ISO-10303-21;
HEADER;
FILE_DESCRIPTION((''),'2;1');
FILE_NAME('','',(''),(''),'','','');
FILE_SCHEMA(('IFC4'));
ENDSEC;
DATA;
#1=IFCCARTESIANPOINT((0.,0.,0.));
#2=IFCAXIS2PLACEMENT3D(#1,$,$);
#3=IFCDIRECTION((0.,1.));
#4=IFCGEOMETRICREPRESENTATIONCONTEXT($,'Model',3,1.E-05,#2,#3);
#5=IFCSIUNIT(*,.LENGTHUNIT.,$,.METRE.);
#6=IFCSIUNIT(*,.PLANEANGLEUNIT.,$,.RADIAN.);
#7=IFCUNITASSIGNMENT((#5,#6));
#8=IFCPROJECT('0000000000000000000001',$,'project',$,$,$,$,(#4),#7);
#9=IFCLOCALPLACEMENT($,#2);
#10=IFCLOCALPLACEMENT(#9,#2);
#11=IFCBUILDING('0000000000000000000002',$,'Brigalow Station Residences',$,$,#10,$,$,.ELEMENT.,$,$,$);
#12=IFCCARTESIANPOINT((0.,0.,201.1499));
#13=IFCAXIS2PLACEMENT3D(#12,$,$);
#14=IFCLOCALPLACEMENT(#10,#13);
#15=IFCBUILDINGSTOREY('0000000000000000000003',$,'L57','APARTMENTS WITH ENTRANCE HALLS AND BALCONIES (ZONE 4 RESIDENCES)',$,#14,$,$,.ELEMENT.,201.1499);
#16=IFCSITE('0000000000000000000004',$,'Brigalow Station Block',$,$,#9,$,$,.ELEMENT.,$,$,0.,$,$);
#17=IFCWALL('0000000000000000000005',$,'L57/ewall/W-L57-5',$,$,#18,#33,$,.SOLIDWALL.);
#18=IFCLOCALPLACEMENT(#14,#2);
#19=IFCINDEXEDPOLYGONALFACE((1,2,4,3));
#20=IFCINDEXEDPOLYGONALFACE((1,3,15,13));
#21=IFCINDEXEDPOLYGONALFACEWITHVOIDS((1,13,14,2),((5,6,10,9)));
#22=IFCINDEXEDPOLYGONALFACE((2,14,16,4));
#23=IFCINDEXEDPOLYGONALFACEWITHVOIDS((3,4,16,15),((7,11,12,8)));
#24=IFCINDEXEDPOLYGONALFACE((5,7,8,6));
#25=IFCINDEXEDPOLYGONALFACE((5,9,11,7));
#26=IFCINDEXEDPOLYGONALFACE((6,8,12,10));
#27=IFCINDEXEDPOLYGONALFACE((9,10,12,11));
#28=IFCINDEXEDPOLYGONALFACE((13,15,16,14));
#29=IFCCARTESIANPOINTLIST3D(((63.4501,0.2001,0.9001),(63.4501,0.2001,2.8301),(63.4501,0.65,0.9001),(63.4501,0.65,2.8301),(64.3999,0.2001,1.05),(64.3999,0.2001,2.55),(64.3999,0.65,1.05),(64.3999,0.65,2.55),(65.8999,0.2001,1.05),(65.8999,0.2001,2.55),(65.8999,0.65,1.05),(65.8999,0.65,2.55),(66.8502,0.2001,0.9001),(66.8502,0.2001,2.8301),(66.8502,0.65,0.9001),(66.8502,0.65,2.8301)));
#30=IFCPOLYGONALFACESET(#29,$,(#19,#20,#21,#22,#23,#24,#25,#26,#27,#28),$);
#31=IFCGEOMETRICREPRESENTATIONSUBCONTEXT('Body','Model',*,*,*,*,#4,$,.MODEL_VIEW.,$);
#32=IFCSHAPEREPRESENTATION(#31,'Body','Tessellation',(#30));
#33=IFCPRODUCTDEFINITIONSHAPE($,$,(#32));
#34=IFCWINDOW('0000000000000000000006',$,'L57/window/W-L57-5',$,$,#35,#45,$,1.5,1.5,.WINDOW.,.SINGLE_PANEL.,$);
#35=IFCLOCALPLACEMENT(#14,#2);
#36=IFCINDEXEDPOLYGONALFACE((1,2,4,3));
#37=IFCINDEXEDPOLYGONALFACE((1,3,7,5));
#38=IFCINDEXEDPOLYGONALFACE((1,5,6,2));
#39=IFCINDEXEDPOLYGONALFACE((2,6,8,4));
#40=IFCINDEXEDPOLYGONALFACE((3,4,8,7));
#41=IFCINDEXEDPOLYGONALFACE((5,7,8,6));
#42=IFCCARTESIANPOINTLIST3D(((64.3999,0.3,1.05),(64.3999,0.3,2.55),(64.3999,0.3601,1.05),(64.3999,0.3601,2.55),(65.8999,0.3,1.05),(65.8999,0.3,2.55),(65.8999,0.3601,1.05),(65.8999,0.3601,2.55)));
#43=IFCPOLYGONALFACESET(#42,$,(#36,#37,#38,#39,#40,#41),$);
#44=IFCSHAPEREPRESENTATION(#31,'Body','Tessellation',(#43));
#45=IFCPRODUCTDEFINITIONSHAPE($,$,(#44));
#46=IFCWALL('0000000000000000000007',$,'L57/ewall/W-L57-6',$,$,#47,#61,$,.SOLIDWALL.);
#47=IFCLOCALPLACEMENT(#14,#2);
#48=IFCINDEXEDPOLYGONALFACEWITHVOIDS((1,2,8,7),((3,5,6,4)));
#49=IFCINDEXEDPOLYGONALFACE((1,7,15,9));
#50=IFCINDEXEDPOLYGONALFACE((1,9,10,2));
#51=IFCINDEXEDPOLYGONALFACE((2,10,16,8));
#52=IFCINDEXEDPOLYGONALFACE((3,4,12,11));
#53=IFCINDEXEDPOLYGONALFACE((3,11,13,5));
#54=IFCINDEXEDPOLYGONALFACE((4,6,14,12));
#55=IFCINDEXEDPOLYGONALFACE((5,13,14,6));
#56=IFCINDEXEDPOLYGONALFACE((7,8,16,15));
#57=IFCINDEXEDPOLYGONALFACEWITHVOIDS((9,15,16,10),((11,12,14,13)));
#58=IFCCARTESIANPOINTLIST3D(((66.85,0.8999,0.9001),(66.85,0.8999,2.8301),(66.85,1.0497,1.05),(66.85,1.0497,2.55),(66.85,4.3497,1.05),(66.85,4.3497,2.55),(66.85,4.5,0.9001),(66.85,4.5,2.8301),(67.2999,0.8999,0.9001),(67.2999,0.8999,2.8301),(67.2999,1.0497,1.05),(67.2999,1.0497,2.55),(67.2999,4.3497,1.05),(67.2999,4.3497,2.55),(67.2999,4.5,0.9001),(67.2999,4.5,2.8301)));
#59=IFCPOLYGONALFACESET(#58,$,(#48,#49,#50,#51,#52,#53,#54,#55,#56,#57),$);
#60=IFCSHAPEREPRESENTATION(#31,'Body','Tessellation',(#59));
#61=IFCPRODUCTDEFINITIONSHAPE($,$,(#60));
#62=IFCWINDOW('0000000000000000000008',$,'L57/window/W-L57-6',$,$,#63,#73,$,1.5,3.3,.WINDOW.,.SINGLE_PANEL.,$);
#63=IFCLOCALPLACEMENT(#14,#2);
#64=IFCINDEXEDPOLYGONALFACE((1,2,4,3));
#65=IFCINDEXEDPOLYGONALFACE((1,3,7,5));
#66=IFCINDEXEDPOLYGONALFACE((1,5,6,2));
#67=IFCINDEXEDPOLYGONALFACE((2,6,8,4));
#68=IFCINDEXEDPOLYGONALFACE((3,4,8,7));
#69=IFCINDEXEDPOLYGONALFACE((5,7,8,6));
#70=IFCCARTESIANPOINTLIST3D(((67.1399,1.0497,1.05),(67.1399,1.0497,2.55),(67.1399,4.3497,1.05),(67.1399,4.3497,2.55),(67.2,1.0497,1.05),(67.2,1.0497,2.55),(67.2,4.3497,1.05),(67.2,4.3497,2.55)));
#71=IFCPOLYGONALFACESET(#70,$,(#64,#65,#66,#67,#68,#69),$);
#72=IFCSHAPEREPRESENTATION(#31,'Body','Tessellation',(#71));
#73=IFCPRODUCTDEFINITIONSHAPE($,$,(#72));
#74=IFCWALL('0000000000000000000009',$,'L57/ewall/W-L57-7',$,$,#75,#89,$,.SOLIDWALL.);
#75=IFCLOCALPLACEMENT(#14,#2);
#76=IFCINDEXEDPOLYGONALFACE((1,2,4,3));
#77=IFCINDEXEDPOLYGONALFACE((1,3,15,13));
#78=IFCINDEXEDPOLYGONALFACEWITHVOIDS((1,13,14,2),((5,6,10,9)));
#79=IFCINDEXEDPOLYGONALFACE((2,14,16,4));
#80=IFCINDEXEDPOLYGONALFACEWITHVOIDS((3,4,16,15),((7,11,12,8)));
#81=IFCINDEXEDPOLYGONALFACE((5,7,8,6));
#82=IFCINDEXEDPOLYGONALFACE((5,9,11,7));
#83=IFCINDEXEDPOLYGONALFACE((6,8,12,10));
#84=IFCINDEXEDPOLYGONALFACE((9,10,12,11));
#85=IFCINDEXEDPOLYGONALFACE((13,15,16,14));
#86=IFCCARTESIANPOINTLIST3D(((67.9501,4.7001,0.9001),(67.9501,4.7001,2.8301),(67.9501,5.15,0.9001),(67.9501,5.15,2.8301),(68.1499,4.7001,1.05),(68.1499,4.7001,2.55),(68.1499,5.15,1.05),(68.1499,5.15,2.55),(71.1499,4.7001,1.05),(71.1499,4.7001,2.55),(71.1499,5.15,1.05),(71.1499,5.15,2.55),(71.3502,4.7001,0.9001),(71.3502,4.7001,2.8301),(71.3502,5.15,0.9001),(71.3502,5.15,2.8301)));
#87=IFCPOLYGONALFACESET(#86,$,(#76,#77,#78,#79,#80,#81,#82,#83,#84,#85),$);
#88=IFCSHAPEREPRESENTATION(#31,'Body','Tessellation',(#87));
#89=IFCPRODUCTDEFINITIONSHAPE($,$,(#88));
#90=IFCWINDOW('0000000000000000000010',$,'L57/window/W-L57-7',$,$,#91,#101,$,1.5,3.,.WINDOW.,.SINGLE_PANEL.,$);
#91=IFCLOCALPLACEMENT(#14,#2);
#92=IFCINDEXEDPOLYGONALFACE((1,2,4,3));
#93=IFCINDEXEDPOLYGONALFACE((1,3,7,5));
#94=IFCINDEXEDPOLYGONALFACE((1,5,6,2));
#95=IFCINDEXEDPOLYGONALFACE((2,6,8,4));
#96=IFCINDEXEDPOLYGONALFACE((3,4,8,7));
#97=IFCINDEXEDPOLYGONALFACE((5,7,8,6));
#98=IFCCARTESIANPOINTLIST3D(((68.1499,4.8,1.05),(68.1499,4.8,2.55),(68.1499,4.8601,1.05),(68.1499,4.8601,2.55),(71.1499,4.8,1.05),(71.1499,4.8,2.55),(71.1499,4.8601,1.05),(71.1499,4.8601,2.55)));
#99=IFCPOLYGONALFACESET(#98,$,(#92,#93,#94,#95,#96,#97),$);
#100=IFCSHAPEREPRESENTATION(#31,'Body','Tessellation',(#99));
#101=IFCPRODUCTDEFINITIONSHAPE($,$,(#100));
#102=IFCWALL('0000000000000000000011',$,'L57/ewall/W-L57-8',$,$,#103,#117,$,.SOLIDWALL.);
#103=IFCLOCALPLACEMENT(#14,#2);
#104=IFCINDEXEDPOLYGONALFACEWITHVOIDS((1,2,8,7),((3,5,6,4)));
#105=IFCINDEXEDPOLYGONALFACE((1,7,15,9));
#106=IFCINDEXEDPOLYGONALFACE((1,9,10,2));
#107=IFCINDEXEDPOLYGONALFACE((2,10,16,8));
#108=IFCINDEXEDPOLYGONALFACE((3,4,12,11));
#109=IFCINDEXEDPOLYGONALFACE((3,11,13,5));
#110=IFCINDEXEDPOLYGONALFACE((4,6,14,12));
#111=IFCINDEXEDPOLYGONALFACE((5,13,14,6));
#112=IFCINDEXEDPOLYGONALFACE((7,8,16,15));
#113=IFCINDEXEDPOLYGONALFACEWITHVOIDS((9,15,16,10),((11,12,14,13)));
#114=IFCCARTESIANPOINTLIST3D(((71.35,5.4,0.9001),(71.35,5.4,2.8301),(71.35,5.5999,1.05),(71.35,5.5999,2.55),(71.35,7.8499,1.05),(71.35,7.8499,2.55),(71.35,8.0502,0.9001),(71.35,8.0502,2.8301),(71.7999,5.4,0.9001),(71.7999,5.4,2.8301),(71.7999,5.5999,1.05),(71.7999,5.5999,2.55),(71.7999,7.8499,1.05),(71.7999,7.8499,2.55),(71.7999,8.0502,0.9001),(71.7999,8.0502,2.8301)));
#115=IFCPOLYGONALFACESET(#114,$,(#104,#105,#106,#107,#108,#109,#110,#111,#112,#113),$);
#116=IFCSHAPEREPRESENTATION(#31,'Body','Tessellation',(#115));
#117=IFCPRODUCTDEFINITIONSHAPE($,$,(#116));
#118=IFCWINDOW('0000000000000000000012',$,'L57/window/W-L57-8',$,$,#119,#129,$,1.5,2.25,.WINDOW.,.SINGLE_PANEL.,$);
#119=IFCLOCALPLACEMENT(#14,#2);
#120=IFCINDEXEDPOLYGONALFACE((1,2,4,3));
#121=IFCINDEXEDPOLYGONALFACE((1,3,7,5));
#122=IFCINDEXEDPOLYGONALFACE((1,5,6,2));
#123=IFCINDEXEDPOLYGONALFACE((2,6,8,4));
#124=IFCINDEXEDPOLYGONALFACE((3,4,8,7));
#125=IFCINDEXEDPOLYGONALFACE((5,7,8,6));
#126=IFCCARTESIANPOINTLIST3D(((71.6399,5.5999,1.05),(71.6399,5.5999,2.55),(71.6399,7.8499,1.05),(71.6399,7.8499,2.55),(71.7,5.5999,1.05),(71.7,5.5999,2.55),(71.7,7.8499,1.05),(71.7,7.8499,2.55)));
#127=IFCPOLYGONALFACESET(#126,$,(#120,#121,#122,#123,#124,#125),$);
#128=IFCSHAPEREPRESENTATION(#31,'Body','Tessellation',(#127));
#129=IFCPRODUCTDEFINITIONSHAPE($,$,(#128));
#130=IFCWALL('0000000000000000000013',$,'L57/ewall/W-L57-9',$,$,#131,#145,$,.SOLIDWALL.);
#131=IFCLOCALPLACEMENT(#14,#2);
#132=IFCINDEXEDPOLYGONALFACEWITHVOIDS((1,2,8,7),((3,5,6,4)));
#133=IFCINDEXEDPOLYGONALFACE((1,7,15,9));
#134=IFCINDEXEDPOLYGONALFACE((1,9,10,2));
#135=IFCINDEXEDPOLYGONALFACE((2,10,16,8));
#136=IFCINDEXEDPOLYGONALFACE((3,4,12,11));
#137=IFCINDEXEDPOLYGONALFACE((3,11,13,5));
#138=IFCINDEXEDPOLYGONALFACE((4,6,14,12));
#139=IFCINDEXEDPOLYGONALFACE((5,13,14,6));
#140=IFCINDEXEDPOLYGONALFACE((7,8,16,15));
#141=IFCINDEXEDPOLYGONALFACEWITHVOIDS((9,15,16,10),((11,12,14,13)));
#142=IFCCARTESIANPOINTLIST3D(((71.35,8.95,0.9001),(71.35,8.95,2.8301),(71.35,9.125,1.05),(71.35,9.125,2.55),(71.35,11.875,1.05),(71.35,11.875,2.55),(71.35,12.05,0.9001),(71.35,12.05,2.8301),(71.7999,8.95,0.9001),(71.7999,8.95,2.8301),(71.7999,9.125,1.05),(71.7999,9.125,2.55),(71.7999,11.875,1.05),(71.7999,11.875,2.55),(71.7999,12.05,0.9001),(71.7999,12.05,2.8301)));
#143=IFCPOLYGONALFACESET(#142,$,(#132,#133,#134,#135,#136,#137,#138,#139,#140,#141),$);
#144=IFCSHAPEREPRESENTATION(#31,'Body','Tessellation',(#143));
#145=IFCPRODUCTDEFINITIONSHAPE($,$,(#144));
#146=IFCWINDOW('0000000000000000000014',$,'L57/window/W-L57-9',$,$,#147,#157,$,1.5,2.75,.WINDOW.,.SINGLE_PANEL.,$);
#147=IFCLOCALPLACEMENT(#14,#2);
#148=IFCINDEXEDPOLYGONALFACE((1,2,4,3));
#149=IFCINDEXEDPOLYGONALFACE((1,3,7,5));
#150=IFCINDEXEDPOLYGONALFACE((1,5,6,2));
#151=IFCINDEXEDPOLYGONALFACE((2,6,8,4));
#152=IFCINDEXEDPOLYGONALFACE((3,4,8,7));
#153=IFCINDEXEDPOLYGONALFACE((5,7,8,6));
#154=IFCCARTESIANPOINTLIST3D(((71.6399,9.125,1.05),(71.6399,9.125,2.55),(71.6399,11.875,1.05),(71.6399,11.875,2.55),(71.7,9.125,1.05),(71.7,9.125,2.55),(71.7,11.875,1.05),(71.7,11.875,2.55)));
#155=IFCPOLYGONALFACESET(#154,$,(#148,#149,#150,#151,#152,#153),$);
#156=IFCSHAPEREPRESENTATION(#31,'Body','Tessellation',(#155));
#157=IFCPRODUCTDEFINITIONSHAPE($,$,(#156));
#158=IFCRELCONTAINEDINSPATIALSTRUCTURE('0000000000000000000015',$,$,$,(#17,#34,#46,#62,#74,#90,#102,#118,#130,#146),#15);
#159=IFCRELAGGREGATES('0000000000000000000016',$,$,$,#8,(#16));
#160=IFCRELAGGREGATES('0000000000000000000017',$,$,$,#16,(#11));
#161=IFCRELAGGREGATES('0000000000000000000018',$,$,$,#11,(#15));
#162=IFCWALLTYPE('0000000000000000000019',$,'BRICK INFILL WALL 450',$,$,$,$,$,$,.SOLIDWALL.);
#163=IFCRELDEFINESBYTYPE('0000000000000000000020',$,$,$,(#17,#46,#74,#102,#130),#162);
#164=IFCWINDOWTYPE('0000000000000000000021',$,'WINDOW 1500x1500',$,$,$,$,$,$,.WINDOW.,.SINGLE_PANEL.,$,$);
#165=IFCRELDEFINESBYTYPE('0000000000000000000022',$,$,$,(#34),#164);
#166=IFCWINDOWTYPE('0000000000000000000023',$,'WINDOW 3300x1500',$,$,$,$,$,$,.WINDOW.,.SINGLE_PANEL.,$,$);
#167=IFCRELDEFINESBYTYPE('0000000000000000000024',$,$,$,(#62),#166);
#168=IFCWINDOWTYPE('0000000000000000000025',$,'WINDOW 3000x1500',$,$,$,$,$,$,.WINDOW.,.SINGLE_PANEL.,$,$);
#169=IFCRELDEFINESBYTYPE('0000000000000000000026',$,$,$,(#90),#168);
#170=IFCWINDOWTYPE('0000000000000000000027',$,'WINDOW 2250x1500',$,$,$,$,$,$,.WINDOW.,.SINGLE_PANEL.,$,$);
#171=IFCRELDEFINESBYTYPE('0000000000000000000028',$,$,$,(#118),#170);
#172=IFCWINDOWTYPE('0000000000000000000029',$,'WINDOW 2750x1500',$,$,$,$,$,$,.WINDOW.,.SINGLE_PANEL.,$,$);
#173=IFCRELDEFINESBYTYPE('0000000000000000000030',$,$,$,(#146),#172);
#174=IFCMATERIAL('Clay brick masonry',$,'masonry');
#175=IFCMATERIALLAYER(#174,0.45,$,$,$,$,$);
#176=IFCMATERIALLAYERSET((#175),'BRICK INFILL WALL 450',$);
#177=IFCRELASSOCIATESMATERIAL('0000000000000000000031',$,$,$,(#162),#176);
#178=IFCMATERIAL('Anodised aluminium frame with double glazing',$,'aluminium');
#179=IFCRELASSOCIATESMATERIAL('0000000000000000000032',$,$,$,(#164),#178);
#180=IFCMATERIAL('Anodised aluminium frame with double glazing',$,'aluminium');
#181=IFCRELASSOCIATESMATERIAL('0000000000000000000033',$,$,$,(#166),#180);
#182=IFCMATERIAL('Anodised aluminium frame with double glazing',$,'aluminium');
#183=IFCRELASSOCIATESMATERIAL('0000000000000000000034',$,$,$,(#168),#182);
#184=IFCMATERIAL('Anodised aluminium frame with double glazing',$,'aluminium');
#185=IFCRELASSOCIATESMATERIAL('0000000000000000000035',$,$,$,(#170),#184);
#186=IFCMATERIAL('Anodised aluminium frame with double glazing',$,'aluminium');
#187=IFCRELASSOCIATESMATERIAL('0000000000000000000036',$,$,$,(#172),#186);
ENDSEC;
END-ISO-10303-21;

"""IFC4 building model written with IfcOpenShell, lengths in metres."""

from ifc_helpers import new_model, si_unit, direction, frame, frame_2d, origin, place, context, subcontext, project, spatial, rectangle, extrude, material, layer, layer_set, type_object, element, fill, save


model = new_model("IFC4")

# Units and contexts
model_context = context("Model", 3, precision=1e-05, world=origin(), true_north=direction((0.0, 1.0)))
body_context = subcontext(model_context, "Body", "Model", "MODEL_VIEW")
ifc_project = project(units=[si_unit("LENGTHUNIT", "METRE"), si_unit("PLANEANGLEUNIT", "RADIAN")], contexts=[model_context])

# Site, building, storey
site_placement = place(None, origin())
site = spatial("IfcSite", under=ifc_project, at=site_placement, Name="Brigalow Station Block", CompositionType="ELEMENT", RefElevation=0.0)
building_placement = place(site_placement, origin())
building = spatial("IfcBuilding", under=site, at=building_placement, Name="Brigalow Station Residences", CompositionType="ELEMENT")
storey_placement = place(building_placement, frame((0.0, 0.0, 201.1499)))
storey = spatial("IfcBuildingStorey", under=building, at=storey_placement, Name="L57", Description="APARTMENTS WITH ENTRANCE HALLS AND BALCONIES (ZONE 4 RESIDENCES)", CompositionType="ELEMENT", Elevation=201.1499)

# Walls, openings, windows
ifc_material_1 = material(Name="Clay brick masonry", Category="masonry")
ifc_layer_1 = layer(ifc_material_1, 0.45)
ifc_layer_set_1 = layer_set([ifc_layer_1], Name="BRICK INFILL WALL 450")
wall_type_1 = type_object("IfcWallType", Name="BRICK INFILL WALL 450", PredefinedType="SOLIDWALL", material=ifc_layer_set_1)
ifc_material_2 = material(Name="Anodised aluminium frame with double glazing", Category="aluminium")
window_type_1 = type_object("IfcWindowType", Name="WINDOW 1500x1500", PartitioningType="SINGLE_PANEL", PredefinedType="WINDOW", material=ifc_material_2)
wall_1_placement = place(storey_placement, frame((63.45, 0.425, 0.9001), z_axis=(0.0, 0.0, 1.0), x_axis=(1.0, 0.0, 0.0)))
wall_1 = element("IfcWall", 1, at=wall_1_placement, inside=storey, type_object=wall_type_1, Name="L57/ewall/W-L57-5", PredefinedType="SOLIDWALL", context=body_context, shape_type="SweptSolid", body=[
    extrude(rectangle(XDim=3.4001, YDim=0.45, at=frame_2d((1.7002, 0.0))), origin(), (0.0, 0.0, 1.0), 1.9299),
])
opening_1_placement = place(wall_1_placement, frame((0.95, 0.0, 0.1499)))
opening_1 = element("IfcOpeningElement", 2, at=opening_1_placement, cuts=wall_1, PredefinedType="OPENING", context=body_context, shape_type="SweptSolid", body=[
    extrude(rectangle(XDim=1.5, YDim=1.5, at=frame_2d((0.75, 0.75))), frame((0.0, 0.2349, 0.0), z_axis=(0.0, -1.0, 0.0), x_axis=(1.0, 0.0, 0.0)), (0.0, 0.0, 1.0), 0.47),
])
window_1_placement = place(opening_1_placement, origin())
window_1 = element("IfcWindow", 3, at=window_1_placement, inside=storey, type_object=window_type_1, Name="L57/window/W-L57-5", OverallHeight=1.5, OverallWidth=1.5, PartitioningType="SINGLE_PANEL", PredefinedType="WINDOW", context=body_context, shape_type="SweptSolid", body=[
    extrude(rectangle(XDim=1.5, YDim=1.5, at=frame_2d((0.75, 0.75))), frame((0.0, -0.0649, 0.0), z_axis=(0.0, -1.0, 0.0), x_axis=(1.0, 0.0, 0.0)), (0.0, 0.0, 1.0), 0.0601),
])
fill(opening_1, window_1)
wall_2_placement = place(storey_placement, frame((67.075, 0.8999, 0.9001), z_axis=(0.0, 0.0, 1.0), x_axis=(0.0, 1.0, 0.0)))
wall_2 = element("IfcWall", 4, at=wall_2_placement, inside=storey, type_object=wall_type_1, Name="L57/ewall/W-L57-6", PredefinedType="SOLIDWALL", context=body_context, shape_type="SweptSolid", body=[
    extrude(rectangle(XDim=3.6001, YDim=0.45, at=frame_2d((1.8, 0.0))), origin(), (0.0, 0.0, 1.0), 1.9299),
])
opening_2_placement = place(wall_2_placement, frame((0.1499, 0.0, 0.1499)))
opening_2 = element("IfcOpeningElement", 5, at=opening_2_placement, cuts=wall_2, PredefinedType="OPENING", context=body_context, shape_type="SweptSolid", body=[
    extrude(rectangle(XDim=3.3, YDim=1.5, at=frame_2d((1.6499, 0.75))), frame((0.0, 0.2349, 0.0), z_axis=(0.0, -1.0, 0.0), x_axis=(1.0, 0.0, 0.0)), (0.0, 0.0, 1.0), 0.47),
])
ifc_material_3 = material(Name="Anodised aluminium frame with double glazing", Category="aluminium")
window_type_2 = type_object("IfcWindowType", Name="WINDOW 3300x1500", PartitioningType="SINGLE_PANEL", PredefinedType="WINDOW", material=ifc_material_3)
window_2_placement = place(opening_2_placement, origin())
window_2 = element("IfcWindow", 6, at=window_2_placement, inside=storey, type_object=window_type_2, Name="L57/window/W-L57-6", OverallHeight=1.5, OverallWidth=3.3, PartitioningType="SINGLE_PANEL", PredefinedType="WINDOW", context=body_context, shape_type="SweptSolid", body=[
    extrude(rectangle(XDim=3.3, YDim=1.5, at=frame_2d((1.6499, 0.75))), frame((0.0, -0.0649, 0.0), z_axis=(0.0, -1.0, 0.0), x_axis=(1.0, 0.0, 0.0)), (0.0, 0.0, 1.0), 0.0601),
])
fill(opening_2, window_2)
wall_3_placement = place(storey_placement, frame((67.95, 4.925, 0.9001), z_axis=(0.0, 0.0, 1.0), x_axis=(1.0, 0.0, 0.0)))
wall_3 = element("IfcWall", 7, at=wall_3_placement, inside=storey, type_object=wall_type_1, Name="L57/ewall/W-L57-7", PredefinedType="SOLIDWALL", context=body_context, shape_type="SweptSolid", body=[
    extrude(rectangle(XDim=3.4001, YDim=0.45, at=frame_2d((1.7002, 0.0))), origin(), (0.0, 0.0, 1.0), 1.9299),
])
opening_3_placement = place(wall_3_placement, frame((0.2, 0.0, 0.1499)))
opening_3 = element("IfcOpeningElement", 8, at=opening_3_placement, cuts=wall_3, PredefinedType="OPENING", context=body_context, shape_type="SweptSolid", body=[
    extrude(rectangle(XDim=3.0, YDim=1.5, at=frame_2d((1.5, 0.75))), frame((0.0, 0.2349, 0.0), z_axis=(0.0, -1.0, 0.0), x_axis=(1.0, 0.0, 0.0)), (0.0, 0.0, 1.0), 0.47),
])
ifc_material_4 = material(Name="Anodised aluminium frame with double glazing", Category="aluminium")
window_type_3 = type_object("IfcWindowType", Name="WINDOW 3000x1500", PartitioningType="SINGLE_PANEL", PredefinedType="WINDOW", material=ifc_material_4)
window_3_placement = place(opening_3_placement, origin())
window_3 = element("IfcWindow", 9, at=window_3_placement, inside=storey, type_object=window_type_3, Name="L57/window/W-L57-7", OverallHeight=1.5, OverallWidth=3.0, PartitioningType="SINGLE_PANEL", PredefinedType="WINDOW", context=body_context, shape_type="SweptSolid", body=[
    extrude(rectangle(XDim=3.0, YDim=1.5, at=frame_2d((1.5, 0.75))), frame((0.0, -0.0649, 0.0), z_axis=(0.0, -1.0, 0.0), x_axis=(1.0, 0.0, 0.0)), (0.0, 0.0, 1.0), 0.0601),
])
fill(opening_3, window_3)
wall_4_placement = place(storey_placement, frame((71.575, 5.3999, 0.9001), z_axis=(0.0, 0.0, 1.0), x_axis=(0.0, 1.0, 0.0)))
wall_4 = element("IfcWall", 10, at=wall_4_placement, inside=storey, type_object=wall_type_1, Name="L57/ewall/W-L57-8", PredefinedType="SOLIDWALL", context=body_context, shape_type="SweptSolid", body=[
    extrude(rectangle(XDim=2.6501, YDim=0.45, at=frame_2d((1.3252, 0.0))), origin(), (0.0, 0.0, 1.0), 1.9299),
])
opening_4_placement = place(wall_4_placement, frame((0.2, 0.0, 0.1499)))
opening_4 = element("IfcOpeningElement", 11, at=opening_4_placement, cuts=wall_4, PredefinedType="OPENING", context=body_context, shape_type="SweptSolid", body=[
    extrude(rectangle(XDim=2.25, YDim=1.5, at=frame_2d((1.125, 0.75))), frame((0.0, 0.2349, 0.0), z_axis=(0.0, -1.0, 0.0), x_axis=(1.0, 0.0, 0.0)), (0.0, 0.0, 1.0), 0.47),
])
ifc_material_5 = material(Name="Anodised aluminium frame with double glazing", Category="aluminium")
window_type_4 = type_object("IfcWindowType", Name="WINDOW 2250x1500", PartitioningType="SINGLE_PANEL", PredefinedType="WINDOW", material=ifc_material_5)
window_4_placement = place(opening_4_placement, origin())
window_4 = element("IfcWindow", 12, at=window_4_placement, inside=storey, type_object=window_type_4, Name="L57/window/W-L57-8", OverallHeight=1.5, OverallWidth=2.25, PartitioningType="SINGLE_PANEL", PredefinedType="WINDOW", context=body_context, shape_type="SweptSolid", body=[
    extrude(rectangle(XDim=2.25, YDim=1.5, at=frame_2d((1.125, 0.75))), frame((0.0, -0.0649, 0.0), z_axis=(0.0, -1.0, 0.0), x_axis=(1.0, 0.0, 0.0)), (0.0, 0.0, 1.0), 0.0601),
])
fill(opening_4, window_4)
wall_5_placement = place(storey_placement, frame((71.575, 8.95, 0.9001), z_axis=(0.0, 0.0, 1.0), x_axis=(0.0, 1.0, 0.0)))
wall_5 = element("IfcWall", 13, at=wall_5_placement, inside=storey, type_object=wall_type_1, Name="L57/ewall/W-L57-9", PredefinedType="SOLIDWALL", context=body_context, shape_type="SweptSolid", body=[
    extrude(rectangle(XDim=3.1001, YDim=0.45, at=frame_2d((1.55, 0.0))), origin(), (0.0, 0.0, 1.0), 1.9299),
])
opening_5_placement = place(wall_5_placement, frame((0.175, 0.0, 0.1499)))
opening_5 = element("IfcOpeningElement", 14, at=opening_5_placement, cuts=wall_5, PredefinedType="OPENING", context=body_context, shape_type="SweptSolid", body=[
    extrude(rectangle(XDim=2.75, YDim=1.5, at=frame_2d((1.375, 0.75))), frame((0.0, 0.2349, 0.0), z_axis=(0.0, -1.0, 0.0), x_axis=(1.0, 0.0, 0.0)), (0.0, 0.0, 1.0), 0.47),
])
ifc_material_6 = material(Name="Anodised aluminium frame with double glazing", Category="aluminium")
window_type_5 = type_object("IfcWindowType", Name="WINDOW 2750x1500", PartitioningType="SINGLE_PANEL", PredefinedType="WINDOW", material=ifc_material_6)
window_5_placement = place(opening_5_placement, origin())
window_5 = element("IfcWindow", 15, at=window_5_placement, inside=storey, type_object=window_type_5, Name="L57/window/W-L57-9", OverallHeight=1.5, OverallWidth=2.75, PartitioningType="SINGLE_PANEL", PredefinedType="WINDOW", context=body_context, shape_type="SweptSolid", body=[
    extrude(rectangle(XDim=2.75, YDim=1.5, at=frame_2d((1.375, 0.75))), frame((0.0, -0.0649, 0.0), z_axis=(0.0, -1.0, 0.0), x_axis=(1.0, 0.0, 0.0)), (0.0, 0.0, 1.0), 0.0601),
])
fill(opening_5, window_5)

save(model, "model.ifc")
